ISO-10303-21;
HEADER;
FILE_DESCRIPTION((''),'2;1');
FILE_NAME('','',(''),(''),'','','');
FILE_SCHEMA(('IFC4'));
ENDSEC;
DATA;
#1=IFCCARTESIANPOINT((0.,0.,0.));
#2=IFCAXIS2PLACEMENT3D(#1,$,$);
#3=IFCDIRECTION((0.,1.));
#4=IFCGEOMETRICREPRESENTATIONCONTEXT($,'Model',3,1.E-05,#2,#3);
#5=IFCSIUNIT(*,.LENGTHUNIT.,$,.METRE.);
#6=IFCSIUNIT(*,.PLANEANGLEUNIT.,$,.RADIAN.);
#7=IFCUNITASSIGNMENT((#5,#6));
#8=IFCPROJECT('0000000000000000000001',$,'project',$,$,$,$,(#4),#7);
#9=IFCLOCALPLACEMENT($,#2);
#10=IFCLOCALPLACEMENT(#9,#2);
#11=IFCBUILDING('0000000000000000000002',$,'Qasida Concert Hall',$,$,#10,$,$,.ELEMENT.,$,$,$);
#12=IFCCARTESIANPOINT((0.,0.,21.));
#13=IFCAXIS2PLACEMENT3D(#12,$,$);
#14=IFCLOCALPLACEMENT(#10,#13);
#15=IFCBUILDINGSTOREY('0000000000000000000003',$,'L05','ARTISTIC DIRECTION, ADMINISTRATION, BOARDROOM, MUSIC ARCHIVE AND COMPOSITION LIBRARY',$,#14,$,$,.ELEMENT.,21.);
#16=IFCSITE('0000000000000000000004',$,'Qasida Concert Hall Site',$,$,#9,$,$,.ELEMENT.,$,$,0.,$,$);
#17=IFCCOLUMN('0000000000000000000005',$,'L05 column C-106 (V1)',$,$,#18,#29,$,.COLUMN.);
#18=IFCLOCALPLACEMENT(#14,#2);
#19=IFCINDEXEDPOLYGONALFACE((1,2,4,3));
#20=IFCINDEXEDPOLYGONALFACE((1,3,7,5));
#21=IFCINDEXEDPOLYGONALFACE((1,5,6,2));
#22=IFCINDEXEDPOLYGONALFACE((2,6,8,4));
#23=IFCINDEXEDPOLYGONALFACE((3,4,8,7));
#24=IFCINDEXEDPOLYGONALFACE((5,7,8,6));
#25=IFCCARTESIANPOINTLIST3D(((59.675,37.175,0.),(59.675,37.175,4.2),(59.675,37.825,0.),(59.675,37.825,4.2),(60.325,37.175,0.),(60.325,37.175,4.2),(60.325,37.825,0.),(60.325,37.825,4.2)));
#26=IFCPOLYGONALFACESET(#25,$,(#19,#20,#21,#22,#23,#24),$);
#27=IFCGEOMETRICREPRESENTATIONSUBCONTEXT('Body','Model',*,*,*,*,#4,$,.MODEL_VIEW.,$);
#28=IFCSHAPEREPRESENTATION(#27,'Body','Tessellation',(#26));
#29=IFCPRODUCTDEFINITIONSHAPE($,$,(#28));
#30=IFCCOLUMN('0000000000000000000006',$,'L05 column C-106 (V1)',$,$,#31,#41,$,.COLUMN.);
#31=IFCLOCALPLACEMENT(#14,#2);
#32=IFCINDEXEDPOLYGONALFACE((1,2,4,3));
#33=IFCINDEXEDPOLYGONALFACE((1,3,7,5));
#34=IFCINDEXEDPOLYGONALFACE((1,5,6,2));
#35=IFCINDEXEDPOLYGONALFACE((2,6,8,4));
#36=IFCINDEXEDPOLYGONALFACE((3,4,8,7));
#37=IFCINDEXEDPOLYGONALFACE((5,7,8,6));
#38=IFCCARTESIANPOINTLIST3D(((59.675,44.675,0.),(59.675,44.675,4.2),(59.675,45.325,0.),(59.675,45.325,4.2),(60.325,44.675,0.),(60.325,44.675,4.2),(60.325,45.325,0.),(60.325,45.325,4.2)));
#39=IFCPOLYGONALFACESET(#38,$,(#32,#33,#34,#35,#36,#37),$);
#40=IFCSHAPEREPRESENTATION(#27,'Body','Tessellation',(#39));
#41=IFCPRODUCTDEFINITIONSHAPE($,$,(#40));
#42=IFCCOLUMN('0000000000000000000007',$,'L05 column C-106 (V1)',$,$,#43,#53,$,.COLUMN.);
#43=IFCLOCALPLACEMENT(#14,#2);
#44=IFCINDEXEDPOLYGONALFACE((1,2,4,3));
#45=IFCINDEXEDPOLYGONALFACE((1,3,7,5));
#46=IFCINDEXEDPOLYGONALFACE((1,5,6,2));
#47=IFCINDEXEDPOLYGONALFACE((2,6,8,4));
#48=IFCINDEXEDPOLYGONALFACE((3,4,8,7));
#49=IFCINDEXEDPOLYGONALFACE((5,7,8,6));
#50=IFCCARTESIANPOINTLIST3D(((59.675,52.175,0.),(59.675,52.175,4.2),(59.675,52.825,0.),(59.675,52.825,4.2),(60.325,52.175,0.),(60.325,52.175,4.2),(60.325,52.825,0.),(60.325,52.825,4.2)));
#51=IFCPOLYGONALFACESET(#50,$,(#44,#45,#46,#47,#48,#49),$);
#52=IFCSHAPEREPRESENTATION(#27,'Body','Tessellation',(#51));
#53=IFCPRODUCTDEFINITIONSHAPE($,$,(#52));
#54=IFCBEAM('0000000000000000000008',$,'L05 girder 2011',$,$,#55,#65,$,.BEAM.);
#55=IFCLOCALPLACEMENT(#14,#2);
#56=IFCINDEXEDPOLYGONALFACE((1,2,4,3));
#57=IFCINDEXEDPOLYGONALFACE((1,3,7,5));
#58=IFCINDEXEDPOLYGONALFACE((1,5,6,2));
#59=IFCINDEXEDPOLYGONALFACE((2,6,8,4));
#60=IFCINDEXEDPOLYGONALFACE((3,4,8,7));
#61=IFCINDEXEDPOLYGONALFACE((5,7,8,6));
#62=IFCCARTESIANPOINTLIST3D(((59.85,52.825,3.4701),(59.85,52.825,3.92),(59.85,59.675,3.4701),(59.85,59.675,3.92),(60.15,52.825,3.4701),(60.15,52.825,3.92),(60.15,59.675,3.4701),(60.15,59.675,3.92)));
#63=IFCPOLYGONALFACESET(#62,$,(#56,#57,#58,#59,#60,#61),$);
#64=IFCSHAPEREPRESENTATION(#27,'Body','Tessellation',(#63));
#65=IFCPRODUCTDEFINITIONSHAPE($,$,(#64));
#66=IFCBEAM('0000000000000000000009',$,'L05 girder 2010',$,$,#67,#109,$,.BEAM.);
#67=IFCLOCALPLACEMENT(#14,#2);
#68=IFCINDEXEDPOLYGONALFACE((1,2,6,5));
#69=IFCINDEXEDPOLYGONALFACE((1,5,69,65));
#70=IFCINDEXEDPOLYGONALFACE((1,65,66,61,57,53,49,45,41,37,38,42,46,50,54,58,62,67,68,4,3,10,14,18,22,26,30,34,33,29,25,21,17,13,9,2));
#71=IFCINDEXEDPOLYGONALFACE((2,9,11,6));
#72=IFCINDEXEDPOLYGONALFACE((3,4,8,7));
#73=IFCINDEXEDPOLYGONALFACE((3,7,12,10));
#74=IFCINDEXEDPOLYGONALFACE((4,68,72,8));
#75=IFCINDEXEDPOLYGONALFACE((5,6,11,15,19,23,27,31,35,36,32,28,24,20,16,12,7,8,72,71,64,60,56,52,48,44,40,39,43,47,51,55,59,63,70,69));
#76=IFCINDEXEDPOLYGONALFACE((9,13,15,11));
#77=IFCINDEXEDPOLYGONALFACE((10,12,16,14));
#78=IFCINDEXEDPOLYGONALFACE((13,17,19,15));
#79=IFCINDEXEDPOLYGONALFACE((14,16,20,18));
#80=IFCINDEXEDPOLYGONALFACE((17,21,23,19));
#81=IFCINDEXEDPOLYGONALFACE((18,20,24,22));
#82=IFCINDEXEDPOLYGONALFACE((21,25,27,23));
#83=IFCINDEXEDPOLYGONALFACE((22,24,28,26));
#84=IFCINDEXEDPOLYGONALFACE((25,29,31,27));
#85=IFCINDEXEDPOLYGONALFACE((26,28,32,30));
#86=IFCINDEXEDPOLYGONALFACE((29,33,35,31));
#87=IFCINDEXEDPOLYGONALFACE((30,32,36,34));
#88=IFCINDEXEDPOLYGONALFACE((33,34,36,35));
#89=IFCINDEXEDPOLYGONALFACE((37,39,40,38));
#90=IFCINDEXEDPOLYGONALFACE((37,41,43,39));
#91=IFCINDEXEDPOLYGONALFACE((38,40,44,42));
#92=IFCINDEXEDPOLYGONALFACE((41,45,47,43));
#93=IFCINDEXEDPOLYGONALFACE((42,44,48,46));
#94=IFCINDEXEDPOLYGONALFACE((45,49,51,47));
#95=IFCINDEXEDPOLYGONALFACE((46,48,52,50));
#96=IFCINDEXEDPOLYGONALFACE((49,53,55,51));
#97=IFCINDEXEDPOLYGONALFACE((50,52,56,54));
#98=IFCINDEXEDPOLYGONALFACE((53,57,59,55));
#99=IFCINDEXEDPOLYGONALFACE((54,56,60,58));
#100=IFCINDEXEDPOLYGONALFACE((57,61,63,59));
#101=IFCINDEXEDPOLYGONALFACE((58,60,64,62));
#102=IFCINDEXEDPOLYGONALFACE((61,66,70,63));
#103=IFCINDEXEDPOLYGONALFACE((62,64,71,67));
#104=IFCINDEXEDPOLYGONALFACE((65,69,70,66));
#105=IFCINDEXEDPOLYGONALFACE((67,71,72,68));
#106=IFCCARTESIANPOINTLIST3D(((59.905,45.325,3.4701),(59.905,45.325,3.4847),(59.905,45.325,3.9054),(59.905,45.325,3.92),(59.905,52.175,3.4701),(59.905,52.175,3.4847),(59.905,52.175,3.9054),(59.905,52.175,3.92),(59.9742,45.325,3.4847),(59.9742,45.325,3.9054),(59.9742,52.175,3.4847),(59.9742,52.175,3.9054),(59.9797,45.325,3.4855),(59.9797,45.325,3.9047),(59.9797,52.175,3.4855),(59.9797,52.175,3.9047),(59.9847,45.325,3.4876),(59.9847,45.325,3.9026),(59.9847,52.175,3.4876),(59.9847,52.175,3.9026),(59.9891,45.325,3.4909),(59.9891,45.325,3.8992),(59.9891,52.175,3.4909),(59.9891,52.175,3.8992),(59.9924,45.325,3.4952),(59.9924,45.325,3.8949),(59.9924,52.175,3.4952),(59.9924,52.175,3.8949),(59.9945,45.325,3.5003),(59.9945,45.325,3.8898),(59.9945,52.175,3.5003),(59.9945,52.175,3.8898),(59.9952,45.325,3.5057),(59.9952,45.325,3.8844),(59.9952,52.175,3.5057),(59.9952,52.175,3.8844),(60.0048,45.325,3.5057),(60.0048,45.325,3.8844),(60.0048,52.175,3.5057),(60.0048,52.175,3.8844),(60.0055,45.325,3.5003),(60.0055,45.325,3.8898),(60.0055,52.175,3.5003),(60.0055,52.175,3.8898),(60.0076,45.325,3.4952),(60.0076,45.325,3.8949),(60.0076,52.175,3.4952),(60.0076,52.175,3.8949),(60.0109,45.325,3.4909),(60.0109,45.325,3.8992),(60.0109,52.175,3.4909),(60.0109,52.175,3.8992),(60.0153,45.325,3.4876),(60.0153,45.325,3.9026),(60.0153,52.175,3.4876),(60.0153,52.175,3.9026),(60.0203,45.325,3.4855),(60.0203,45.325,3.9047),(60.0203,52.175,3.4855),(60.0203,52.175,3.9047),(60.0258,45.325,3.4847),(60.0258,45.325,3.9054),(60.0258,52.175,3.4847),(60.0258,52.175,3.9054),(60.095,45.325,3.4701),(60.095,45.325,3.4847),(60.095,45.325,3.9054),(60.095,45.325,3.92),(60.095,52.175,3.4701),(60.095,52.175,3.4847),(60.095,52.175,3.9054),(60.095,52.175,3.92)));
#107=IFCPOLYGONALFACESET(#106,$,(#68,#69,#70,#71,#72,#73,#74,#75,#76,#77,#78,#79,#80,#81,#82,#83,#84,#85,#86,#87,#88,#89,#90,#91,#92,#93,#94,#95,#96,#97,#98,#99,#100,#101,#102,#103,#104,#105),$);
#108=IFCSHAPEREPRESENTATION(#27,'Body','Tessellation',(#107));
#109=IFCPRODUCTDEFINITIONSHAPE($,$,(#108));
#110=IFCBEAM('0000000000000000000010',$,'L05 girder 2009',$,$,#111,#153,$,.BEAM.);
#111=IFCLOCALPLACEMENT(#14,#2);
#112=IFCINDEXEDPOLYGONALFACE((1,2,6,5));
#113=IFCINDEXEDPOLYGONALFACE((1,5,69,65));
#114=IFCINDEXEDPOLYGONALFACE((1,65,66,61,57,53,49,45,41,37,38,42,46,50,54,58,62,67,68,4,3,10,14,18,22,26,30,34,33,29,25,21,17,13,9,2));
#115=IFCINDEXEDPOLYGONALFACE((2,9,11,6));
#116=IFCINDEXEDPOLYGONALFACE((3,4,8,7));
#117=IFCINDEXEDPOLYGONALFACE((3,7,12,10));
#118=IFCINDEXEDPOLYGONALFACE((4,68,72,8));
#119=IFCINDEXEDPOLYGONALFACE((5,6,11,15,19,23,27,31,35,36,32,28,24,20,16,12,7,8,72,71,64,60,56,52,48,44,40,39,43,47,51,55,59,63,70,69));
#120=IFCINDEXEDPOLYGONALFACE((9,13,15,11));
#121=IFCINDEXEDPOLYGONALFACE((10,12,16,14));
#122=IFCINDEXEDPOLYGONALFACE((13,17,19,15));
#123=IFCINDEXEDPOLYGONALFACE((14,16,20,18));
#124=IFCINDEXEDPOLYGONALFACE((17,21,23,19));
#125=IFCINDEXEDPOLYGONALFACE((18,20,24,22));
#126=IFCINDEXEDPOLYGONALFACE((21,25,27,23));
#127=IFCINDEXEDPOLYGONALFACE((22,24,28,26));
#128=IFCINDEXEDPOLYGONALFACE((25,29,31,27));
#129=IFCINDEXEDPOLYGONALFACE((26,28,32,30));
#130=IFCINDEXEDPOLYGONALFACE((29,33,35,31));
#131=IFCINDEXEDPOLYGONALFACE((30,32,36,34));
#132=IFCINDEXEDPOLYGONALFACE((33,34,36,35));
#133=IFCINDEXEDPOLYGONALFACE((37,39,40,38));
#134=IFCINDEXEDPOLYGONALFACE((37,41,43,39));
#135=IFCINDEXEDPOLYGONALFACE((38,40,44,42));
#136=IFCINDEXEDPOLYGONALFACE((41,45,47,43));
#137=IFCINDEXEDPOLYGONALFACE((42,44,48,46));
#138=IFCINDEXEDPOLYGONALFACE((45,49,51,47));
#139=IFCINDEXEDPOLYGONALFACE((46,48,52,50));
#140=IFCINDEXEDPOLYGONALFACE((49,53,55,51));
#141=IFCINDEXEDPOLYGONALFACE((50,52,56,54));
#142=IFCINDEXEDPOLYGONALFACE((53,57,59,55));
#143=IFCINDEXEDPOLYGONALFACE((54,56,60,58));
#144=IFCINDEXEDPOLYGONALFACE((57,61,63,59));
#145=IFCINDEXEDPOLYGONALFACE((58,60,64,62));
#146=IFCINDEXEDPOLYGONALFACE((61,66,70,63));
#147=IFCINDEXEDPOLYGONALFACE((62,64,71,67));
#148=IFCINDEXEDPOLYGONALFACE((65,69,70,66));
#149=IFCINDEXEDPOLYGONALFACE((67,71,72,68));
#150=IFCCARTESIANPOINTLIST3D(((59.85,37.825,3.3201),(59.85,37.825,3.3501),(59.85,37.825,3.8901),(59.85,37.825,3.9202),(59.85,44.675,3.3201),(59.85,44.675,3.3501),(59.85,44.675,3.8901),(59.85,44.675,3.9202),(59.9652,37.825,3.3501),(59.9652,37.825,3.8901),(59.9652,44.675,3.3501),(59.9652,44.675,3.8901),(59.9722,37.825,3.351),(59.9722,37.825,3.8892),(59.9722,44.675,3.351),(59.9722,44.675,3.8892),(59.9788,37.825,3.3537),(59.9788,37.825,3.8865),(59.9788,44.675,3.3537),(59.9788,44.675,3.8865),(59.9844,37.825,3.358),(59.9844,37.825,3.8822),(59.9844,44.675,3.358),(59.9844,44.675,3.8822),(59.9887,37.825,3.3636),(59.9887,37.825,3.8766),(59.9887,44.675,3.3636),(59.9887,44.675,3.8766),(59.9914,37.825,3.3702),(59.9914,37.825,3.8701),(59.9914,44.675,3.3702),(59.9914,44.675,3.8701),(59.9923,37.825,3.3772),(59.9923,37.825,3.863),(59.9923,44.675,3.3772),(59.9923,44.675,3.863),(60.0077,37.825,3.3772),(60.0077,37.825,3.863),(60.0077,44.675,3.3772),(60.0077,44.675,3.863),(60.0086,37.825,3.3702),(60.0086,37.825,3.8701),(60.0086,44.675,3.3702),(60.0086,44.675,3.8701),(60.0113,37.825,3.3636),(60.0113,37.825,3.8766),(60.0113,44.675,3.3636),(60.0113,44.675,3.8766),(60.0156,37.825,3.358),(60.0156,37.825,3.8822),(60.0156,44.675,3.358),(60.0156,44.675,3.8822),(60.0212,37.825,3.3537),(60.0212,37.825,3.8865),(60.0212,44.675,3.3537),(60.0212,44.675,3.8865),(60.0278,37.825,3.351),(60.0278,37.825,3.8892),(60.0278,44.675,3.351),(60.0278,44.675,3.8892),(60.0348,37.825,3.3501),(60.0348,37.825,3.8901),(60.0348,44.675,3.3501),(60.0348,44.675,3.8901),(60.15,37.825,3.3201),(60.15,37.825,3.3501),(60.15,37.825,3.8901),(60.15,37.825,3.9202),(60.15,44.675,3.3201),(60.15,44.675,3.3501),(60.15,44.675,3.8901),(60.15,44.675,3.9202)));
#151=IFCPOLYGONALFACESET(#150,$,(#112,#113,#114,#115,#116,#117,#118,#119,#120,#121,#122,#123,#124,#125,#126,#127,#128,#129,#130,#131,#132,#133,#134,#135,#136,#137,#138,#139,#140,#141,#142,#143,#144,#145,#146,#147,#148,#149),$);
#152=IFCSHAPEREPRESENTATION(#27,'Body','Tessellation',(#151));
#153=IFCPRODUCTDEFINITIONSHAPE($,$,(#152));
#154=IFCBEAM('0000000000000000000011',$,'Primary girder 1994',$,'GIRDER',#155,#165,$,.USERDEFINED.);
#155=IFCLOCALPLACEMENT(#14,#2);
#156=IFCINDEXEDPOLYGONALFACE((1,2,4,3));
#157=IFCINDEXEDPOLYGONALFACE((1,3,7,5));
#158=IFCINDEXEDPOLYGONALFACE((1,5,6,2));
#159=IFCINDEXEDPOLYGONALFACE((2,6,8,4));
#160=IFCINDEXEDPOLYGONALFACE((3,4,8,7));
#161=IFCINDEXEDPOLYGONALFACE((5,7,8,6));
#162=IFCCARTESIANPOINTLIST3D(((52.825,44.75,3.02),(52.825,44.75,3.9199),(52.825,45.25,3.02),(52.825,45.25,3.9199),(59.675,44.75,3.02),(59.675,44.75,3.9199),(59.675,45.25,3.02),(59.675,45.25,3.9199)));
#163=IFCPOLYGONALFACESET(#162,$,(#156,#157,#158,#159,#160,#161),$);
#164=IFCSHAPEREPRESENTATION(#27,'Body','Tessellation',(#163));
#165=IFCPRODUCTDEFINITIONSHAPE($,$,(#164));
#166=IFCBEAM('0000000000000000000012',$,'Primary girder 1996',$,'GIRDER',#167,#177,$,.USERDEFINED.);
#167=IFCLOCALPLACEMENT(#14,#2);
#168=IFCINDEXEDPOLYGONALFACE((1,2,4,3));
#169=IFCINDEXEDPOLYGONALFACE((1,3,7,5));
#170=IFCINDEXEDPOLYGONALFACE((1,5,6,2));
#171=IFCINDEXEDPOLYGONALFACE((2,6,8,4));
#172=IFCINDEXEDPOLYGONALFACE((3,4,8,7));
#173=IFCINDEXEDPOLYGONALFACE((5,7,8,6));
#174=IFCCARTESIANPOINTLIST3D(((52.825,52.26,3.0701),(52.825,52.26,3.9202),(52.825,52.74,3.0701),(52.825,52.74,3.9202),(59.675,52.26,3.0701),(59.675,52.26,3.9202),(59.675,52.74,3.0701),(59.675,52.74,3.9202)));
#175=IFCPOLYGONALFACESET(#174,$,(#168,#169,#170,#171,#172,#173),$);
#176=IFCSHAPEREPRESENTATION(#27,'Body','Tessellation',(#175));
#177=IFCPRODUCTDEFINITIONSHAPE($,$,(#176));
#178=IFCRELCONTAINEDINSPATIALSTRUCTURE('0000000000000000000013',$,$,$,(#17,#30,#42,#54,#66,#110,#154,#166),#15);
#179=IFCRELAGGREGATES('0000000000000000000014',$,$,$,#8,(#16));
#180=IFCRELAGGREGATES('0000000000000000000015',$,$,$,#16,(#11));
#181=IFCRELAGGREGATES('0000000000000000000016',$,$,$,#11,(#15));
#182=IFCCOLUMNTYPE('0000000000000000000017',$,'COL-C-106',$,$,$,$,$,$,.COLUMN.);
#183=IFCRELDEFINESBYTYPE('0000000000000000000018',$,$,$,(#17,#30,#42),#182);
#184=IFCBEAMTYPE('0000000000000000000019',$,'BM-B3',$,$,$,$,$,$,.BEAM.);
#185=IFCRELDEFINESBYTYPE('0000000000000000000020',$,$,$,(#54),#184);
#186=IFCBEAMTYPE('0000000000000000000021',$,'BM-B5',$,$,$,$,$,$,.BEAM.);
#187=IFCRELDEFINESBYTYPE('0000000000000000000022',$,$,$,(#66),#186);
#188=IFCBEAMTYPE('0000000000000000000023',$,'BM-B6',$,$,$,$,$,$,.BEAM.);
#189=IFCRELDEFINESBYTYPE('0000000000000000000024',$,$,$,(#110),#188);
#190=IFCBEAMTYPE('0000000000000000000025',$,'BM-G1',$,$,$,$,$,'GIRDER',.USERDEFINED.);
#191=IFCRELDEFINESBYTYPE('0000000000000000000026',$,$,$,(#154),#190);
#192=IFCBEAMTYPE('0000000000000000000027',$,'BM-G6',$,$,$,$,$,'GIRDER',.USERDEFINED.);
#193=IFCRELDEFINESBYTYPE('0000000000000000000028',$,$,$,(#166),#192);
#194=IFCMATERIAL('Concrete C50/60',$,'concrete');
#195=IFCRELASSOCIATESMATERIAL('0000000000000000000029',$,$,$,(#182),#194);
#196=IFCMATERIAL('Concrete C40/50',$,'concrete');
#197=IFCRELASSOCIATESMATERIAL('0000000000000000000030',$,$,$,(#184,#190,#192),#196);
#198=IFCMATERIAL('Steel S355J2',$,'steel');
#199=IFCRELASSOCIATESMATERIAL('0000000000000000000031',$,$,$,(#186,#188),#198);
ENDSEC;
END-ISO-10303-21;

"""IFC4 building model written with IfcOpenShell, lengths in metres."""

from ifc_helpers import new_model, si_unit, direction, frame, origin, origin_2d, place, context, subcontext, project, spatial, rectangle, i_section, extrude, material, material_profile, profile_set, type_object, element, save


model = new_model("IFC4")

# Units and contexts
model_context = context("Model", 3, precision=1e-05, world=origin(), true_north=direction((0.0, 1.0)))
body_context = subcontext(model_context, "Body", "Model", "MODEL_VIEW")
ifc_project = project(units=[si_unit("LENGTHUNIT", "METRE"), si_unit("PLANEANGLEUNIT", "RADIAN")], contexts=[model_context])

# Site, building, storey
site_placement = place(None, origin())
site = spatial("IfcSite", under=ifc_project, at=site_placement, Name="Qasida Concert Hall Site", CompositionType="ELEMENT", RefElevation=0.0)
building_placement = place(site_placement, origin())
building = spatial("IfcBuilding", under=site, at=building_placement, Name="Qasida Concert Hall", CompositionType="ELEMENT")
storey_placement = place(building_placement, frame((0.0, 0.0, 21.0)))
storey = spatial("IfcBuildingStorey", under=building, at=storey_placement, Name="L05", Description="ARTISTIC DIRECTION, ADMINISTRATION, BOARDROOM, MUSIC ARCHIVE AND COMPOSITION LIBRARY", CompositionType="ELEMENT", Elevation=21.0)

# Columns
ifc_material_1 = material(Name="Concrete C50/60", Category="concrete")
ifc_material_profile_1 = material_profile(ifc_material_1, rectangle(XDim=0.6499, YDim=0.6499, at=origin_2d()), Name="RC 650x650")
ifc_profile_set_1 = profile_set([ifc_material_profile_1], Name="Concrete C50/60")
column_type = type_object("IfcColumnType", Name="COL-C-106", PredefinedType="COLUMN", material=ifc_profile_set_1)
for number, where, z_axis, x_axis, name in (
    (1, (60.0, 37.5, 0.0), (0.0, 0.0, 1.0), (1.0, 0.0, 0.0), "L05 column C-106 (V1)"),
    (2, (60.0, 45.0, 0.0), (0.0, 0.0, 1.0), (1.0, 0.0, 0.0), "L05 column C-106 (V1)"),
    (3, (60.0, 52.5, 0.0), (0.0, 0.0, 1.0), (1.0, 0.0, 0.0), "L05 column C-106 (V1)"),
):
    element("IfcColumn", number, at=place(storey_placement, frame(where, z_axis=z_axis, x_axis=x_axis)), inside=storey, type_object=column_type, Name=name, PredefinedType="COLUMN", context=body_context, shape_type="SweptSolid", body=[
        extrude(rectangle(XDim=0.6499, YDim=0.6499, at=origin_2d()), origin(), (0.0, 0.0, 1.0), 4.2),
    ])

# Beams
ifc_material_2 = material(Name="Concrete C40/50", Category="concrete")
ifc_material_profile_2 = material_profile(ifc_material_2, rectangle(XDim=0.3, YDim=0.45, at=origin_2d()), Name="RC 300x450")
ifc_profile_set_2 = profile_set([ifc_material_profile_2], Name="Concrete C40/50")
beam_type_1 = type_object("IfcBeamType", Name="BM-B3", PredefinedType="BEAM", material=ifc_profile_set_2)
beam_1_placement = place(storey_placement, frame((60.0, 52.825, 3.6951), z_axis=(0.0, 1.0, 0.0), x_axis=(-1.0, 0.0, 0.0)))
element("IfcBeam", 4, at=beam_1_placement, inside=storey, type_object=beam_type_1, Name="L05 girder 2011", PredefinedType="BEAM", context=body_context, shape_type="SweptSolid", body=[
    extrude(rectangle(XDim=0.3, YDim=0.45, at=origin_2d()), origin(), (0.0, 0.0, 1.0), 6.8501),
])
ifc_material_3 = material(Name="Steel S355J2", Category="steel")
ifc_material_profile_3 = material_profile(ifc_material_3, i_section(OverallWidth=0.1899, OverallDepth=0.45, WebThickness=0.0095, FlangeThickness=0.0146, FilletRadius=0.021, at=origin_2d()), Name="IPE 450")
ifc_profile_set_3 = profile_set([ifc_material_profile_3], Name="Steel S355J2")
beam_type_2 = type_object("IfcBeamType", Name="BM-B5", PredefinedType="BEAM", material=ifc_profile_set_3)
beam_2_placement = place(storey_placement, frame((60.0, 45.325, 3.6951), z_axis=(0.0, 1.0, 0.0), x_axis=(-1.0, 0.0, 0.0)))
element("IfcBeam", 5, at=beam_2_placement, inside=storey, type_object=beam_type_2, Name="L05 girder 2010", PredefinedType="BEAM", context=body_context, shape_type="SweptSolid", body=[
    extrude(i_section(OverallWidth=0.1899, OverallDepth=0.45, WebThickness=0.0095, FlangeThickness=0.0146, FilletRadius=0.021, at=origin_2d()), origin(), (0.0, 0.0, 1.0), 6.8501),
])
ifc_material_profile_4 = material_profile(ifc_material_3, i_section(OverallWidth=0.3, OverallDepth=0.6001, WebThickness=0.0154, FlangeThickness=0.03, FilletRadius=0.0271, at=origin_2d()), Name="HEB 600")
ifc_profile_set_4 = profile_set([ifc_material_profile_4], Name="Steel S355J2")
beam_type_3 = type_object("IfcBeamType", Name="BM-B6", PredefinedType="BEAM", material=ifc_profile_set_4)
beam_3_placement = place(storey_placement, frame((60.0, 37.825, 3.6201), z_axis=(0.0, 1.0, 0.0), x_axis=(-1.0, 0.0, 0.0)))
element("IfcBeam", 6, at=beam_3_placement, inside=storey, type_object=beam_type_3, Name="L05 girder 2009", PredefinedType="BEAM", context=body_context, shape_type="SweptSolid", body=[
    extrude(i_section(OverallWidth=0.3, OverallDepth=0.6001, WebThickness=0.0154, FlangeThickness=0.03, FilletRadius=0.0271, at=origin_2d()), origin(), (0.0, 0.0, 1.0), 6.8501),
])
ifc_material_profile_5 = material_profile(ifc_material_2, rectangle(XDim=0.5, YDim=0.8999, at=origin_2d()), Name="RC 500x900")
ifc_profile_set_5 = profile_set([ifc_material_profile_5], Name="Concrete C40/50")
beam_type_4 = type_object("IfcBeamType", Name="BM-G1", ElementType="GIRDER", PredefinedType="USERDEFINED", material=ifc_profile_set_5)
beam_4_placement = place(storey_placement, frame((52.825, 45.0, 3.47), z_axis=(1.0, 0.0, 0.0), x_axis=(0.0, 1.0, 0.0)))
element("IfcBeam", 7, at=beam_4_placement, inside=storey, type_object=beam_type_4, Name="Primary girder 1994", ObjectType="GIRDER", PredefinedType="USERDEFINED", context=body_context, shape_type="SweptSolid", body=[
    extrude(rectangle(XDim=0.5, YDim=0.8999, at=origin_2d()), origin(), (0.0, 0.0, 1.0), 6.8501),
])
ifc_material_profile_6 = material_profile(ifc_material_2, rectangle(XDim=0.48, YDim=0.8501, at=origin_2d()), Name="RC 480x850")
ifc_profile_set_6 = profile_set([ifc_material_profile_6], Name="Concrete C40/50")
beam_type_5 = type_object("IfcBeamType", Name="BM-G6", ElementType="GIRDER", PredefinedType="USERDEFINED", material=ifc_profile_set_6)
beam_5_placement = place(storey_placement, frame((52.825, 52.5, 3.4951), z_axis=(1.0, 0.0, 0.0), x_axis=(0.0, 1.0, 0.0)))
element("IfcBeam", 8, at=beam_5_placement, inside=storey, type_object=beam_type_5, Name="Primary girder 1996", ObjectType="GIRDER", PredefinedType="USERDEFINED", context=body_context, shape_type="SweptSolid", body=[
    extrude(rectangle(XDim=0.48, YDim=0.8501, at=origin_2d()), origin(), (0.0, 0.0, 1.0), 6.8501),
])

save(model, "model.ifc")
